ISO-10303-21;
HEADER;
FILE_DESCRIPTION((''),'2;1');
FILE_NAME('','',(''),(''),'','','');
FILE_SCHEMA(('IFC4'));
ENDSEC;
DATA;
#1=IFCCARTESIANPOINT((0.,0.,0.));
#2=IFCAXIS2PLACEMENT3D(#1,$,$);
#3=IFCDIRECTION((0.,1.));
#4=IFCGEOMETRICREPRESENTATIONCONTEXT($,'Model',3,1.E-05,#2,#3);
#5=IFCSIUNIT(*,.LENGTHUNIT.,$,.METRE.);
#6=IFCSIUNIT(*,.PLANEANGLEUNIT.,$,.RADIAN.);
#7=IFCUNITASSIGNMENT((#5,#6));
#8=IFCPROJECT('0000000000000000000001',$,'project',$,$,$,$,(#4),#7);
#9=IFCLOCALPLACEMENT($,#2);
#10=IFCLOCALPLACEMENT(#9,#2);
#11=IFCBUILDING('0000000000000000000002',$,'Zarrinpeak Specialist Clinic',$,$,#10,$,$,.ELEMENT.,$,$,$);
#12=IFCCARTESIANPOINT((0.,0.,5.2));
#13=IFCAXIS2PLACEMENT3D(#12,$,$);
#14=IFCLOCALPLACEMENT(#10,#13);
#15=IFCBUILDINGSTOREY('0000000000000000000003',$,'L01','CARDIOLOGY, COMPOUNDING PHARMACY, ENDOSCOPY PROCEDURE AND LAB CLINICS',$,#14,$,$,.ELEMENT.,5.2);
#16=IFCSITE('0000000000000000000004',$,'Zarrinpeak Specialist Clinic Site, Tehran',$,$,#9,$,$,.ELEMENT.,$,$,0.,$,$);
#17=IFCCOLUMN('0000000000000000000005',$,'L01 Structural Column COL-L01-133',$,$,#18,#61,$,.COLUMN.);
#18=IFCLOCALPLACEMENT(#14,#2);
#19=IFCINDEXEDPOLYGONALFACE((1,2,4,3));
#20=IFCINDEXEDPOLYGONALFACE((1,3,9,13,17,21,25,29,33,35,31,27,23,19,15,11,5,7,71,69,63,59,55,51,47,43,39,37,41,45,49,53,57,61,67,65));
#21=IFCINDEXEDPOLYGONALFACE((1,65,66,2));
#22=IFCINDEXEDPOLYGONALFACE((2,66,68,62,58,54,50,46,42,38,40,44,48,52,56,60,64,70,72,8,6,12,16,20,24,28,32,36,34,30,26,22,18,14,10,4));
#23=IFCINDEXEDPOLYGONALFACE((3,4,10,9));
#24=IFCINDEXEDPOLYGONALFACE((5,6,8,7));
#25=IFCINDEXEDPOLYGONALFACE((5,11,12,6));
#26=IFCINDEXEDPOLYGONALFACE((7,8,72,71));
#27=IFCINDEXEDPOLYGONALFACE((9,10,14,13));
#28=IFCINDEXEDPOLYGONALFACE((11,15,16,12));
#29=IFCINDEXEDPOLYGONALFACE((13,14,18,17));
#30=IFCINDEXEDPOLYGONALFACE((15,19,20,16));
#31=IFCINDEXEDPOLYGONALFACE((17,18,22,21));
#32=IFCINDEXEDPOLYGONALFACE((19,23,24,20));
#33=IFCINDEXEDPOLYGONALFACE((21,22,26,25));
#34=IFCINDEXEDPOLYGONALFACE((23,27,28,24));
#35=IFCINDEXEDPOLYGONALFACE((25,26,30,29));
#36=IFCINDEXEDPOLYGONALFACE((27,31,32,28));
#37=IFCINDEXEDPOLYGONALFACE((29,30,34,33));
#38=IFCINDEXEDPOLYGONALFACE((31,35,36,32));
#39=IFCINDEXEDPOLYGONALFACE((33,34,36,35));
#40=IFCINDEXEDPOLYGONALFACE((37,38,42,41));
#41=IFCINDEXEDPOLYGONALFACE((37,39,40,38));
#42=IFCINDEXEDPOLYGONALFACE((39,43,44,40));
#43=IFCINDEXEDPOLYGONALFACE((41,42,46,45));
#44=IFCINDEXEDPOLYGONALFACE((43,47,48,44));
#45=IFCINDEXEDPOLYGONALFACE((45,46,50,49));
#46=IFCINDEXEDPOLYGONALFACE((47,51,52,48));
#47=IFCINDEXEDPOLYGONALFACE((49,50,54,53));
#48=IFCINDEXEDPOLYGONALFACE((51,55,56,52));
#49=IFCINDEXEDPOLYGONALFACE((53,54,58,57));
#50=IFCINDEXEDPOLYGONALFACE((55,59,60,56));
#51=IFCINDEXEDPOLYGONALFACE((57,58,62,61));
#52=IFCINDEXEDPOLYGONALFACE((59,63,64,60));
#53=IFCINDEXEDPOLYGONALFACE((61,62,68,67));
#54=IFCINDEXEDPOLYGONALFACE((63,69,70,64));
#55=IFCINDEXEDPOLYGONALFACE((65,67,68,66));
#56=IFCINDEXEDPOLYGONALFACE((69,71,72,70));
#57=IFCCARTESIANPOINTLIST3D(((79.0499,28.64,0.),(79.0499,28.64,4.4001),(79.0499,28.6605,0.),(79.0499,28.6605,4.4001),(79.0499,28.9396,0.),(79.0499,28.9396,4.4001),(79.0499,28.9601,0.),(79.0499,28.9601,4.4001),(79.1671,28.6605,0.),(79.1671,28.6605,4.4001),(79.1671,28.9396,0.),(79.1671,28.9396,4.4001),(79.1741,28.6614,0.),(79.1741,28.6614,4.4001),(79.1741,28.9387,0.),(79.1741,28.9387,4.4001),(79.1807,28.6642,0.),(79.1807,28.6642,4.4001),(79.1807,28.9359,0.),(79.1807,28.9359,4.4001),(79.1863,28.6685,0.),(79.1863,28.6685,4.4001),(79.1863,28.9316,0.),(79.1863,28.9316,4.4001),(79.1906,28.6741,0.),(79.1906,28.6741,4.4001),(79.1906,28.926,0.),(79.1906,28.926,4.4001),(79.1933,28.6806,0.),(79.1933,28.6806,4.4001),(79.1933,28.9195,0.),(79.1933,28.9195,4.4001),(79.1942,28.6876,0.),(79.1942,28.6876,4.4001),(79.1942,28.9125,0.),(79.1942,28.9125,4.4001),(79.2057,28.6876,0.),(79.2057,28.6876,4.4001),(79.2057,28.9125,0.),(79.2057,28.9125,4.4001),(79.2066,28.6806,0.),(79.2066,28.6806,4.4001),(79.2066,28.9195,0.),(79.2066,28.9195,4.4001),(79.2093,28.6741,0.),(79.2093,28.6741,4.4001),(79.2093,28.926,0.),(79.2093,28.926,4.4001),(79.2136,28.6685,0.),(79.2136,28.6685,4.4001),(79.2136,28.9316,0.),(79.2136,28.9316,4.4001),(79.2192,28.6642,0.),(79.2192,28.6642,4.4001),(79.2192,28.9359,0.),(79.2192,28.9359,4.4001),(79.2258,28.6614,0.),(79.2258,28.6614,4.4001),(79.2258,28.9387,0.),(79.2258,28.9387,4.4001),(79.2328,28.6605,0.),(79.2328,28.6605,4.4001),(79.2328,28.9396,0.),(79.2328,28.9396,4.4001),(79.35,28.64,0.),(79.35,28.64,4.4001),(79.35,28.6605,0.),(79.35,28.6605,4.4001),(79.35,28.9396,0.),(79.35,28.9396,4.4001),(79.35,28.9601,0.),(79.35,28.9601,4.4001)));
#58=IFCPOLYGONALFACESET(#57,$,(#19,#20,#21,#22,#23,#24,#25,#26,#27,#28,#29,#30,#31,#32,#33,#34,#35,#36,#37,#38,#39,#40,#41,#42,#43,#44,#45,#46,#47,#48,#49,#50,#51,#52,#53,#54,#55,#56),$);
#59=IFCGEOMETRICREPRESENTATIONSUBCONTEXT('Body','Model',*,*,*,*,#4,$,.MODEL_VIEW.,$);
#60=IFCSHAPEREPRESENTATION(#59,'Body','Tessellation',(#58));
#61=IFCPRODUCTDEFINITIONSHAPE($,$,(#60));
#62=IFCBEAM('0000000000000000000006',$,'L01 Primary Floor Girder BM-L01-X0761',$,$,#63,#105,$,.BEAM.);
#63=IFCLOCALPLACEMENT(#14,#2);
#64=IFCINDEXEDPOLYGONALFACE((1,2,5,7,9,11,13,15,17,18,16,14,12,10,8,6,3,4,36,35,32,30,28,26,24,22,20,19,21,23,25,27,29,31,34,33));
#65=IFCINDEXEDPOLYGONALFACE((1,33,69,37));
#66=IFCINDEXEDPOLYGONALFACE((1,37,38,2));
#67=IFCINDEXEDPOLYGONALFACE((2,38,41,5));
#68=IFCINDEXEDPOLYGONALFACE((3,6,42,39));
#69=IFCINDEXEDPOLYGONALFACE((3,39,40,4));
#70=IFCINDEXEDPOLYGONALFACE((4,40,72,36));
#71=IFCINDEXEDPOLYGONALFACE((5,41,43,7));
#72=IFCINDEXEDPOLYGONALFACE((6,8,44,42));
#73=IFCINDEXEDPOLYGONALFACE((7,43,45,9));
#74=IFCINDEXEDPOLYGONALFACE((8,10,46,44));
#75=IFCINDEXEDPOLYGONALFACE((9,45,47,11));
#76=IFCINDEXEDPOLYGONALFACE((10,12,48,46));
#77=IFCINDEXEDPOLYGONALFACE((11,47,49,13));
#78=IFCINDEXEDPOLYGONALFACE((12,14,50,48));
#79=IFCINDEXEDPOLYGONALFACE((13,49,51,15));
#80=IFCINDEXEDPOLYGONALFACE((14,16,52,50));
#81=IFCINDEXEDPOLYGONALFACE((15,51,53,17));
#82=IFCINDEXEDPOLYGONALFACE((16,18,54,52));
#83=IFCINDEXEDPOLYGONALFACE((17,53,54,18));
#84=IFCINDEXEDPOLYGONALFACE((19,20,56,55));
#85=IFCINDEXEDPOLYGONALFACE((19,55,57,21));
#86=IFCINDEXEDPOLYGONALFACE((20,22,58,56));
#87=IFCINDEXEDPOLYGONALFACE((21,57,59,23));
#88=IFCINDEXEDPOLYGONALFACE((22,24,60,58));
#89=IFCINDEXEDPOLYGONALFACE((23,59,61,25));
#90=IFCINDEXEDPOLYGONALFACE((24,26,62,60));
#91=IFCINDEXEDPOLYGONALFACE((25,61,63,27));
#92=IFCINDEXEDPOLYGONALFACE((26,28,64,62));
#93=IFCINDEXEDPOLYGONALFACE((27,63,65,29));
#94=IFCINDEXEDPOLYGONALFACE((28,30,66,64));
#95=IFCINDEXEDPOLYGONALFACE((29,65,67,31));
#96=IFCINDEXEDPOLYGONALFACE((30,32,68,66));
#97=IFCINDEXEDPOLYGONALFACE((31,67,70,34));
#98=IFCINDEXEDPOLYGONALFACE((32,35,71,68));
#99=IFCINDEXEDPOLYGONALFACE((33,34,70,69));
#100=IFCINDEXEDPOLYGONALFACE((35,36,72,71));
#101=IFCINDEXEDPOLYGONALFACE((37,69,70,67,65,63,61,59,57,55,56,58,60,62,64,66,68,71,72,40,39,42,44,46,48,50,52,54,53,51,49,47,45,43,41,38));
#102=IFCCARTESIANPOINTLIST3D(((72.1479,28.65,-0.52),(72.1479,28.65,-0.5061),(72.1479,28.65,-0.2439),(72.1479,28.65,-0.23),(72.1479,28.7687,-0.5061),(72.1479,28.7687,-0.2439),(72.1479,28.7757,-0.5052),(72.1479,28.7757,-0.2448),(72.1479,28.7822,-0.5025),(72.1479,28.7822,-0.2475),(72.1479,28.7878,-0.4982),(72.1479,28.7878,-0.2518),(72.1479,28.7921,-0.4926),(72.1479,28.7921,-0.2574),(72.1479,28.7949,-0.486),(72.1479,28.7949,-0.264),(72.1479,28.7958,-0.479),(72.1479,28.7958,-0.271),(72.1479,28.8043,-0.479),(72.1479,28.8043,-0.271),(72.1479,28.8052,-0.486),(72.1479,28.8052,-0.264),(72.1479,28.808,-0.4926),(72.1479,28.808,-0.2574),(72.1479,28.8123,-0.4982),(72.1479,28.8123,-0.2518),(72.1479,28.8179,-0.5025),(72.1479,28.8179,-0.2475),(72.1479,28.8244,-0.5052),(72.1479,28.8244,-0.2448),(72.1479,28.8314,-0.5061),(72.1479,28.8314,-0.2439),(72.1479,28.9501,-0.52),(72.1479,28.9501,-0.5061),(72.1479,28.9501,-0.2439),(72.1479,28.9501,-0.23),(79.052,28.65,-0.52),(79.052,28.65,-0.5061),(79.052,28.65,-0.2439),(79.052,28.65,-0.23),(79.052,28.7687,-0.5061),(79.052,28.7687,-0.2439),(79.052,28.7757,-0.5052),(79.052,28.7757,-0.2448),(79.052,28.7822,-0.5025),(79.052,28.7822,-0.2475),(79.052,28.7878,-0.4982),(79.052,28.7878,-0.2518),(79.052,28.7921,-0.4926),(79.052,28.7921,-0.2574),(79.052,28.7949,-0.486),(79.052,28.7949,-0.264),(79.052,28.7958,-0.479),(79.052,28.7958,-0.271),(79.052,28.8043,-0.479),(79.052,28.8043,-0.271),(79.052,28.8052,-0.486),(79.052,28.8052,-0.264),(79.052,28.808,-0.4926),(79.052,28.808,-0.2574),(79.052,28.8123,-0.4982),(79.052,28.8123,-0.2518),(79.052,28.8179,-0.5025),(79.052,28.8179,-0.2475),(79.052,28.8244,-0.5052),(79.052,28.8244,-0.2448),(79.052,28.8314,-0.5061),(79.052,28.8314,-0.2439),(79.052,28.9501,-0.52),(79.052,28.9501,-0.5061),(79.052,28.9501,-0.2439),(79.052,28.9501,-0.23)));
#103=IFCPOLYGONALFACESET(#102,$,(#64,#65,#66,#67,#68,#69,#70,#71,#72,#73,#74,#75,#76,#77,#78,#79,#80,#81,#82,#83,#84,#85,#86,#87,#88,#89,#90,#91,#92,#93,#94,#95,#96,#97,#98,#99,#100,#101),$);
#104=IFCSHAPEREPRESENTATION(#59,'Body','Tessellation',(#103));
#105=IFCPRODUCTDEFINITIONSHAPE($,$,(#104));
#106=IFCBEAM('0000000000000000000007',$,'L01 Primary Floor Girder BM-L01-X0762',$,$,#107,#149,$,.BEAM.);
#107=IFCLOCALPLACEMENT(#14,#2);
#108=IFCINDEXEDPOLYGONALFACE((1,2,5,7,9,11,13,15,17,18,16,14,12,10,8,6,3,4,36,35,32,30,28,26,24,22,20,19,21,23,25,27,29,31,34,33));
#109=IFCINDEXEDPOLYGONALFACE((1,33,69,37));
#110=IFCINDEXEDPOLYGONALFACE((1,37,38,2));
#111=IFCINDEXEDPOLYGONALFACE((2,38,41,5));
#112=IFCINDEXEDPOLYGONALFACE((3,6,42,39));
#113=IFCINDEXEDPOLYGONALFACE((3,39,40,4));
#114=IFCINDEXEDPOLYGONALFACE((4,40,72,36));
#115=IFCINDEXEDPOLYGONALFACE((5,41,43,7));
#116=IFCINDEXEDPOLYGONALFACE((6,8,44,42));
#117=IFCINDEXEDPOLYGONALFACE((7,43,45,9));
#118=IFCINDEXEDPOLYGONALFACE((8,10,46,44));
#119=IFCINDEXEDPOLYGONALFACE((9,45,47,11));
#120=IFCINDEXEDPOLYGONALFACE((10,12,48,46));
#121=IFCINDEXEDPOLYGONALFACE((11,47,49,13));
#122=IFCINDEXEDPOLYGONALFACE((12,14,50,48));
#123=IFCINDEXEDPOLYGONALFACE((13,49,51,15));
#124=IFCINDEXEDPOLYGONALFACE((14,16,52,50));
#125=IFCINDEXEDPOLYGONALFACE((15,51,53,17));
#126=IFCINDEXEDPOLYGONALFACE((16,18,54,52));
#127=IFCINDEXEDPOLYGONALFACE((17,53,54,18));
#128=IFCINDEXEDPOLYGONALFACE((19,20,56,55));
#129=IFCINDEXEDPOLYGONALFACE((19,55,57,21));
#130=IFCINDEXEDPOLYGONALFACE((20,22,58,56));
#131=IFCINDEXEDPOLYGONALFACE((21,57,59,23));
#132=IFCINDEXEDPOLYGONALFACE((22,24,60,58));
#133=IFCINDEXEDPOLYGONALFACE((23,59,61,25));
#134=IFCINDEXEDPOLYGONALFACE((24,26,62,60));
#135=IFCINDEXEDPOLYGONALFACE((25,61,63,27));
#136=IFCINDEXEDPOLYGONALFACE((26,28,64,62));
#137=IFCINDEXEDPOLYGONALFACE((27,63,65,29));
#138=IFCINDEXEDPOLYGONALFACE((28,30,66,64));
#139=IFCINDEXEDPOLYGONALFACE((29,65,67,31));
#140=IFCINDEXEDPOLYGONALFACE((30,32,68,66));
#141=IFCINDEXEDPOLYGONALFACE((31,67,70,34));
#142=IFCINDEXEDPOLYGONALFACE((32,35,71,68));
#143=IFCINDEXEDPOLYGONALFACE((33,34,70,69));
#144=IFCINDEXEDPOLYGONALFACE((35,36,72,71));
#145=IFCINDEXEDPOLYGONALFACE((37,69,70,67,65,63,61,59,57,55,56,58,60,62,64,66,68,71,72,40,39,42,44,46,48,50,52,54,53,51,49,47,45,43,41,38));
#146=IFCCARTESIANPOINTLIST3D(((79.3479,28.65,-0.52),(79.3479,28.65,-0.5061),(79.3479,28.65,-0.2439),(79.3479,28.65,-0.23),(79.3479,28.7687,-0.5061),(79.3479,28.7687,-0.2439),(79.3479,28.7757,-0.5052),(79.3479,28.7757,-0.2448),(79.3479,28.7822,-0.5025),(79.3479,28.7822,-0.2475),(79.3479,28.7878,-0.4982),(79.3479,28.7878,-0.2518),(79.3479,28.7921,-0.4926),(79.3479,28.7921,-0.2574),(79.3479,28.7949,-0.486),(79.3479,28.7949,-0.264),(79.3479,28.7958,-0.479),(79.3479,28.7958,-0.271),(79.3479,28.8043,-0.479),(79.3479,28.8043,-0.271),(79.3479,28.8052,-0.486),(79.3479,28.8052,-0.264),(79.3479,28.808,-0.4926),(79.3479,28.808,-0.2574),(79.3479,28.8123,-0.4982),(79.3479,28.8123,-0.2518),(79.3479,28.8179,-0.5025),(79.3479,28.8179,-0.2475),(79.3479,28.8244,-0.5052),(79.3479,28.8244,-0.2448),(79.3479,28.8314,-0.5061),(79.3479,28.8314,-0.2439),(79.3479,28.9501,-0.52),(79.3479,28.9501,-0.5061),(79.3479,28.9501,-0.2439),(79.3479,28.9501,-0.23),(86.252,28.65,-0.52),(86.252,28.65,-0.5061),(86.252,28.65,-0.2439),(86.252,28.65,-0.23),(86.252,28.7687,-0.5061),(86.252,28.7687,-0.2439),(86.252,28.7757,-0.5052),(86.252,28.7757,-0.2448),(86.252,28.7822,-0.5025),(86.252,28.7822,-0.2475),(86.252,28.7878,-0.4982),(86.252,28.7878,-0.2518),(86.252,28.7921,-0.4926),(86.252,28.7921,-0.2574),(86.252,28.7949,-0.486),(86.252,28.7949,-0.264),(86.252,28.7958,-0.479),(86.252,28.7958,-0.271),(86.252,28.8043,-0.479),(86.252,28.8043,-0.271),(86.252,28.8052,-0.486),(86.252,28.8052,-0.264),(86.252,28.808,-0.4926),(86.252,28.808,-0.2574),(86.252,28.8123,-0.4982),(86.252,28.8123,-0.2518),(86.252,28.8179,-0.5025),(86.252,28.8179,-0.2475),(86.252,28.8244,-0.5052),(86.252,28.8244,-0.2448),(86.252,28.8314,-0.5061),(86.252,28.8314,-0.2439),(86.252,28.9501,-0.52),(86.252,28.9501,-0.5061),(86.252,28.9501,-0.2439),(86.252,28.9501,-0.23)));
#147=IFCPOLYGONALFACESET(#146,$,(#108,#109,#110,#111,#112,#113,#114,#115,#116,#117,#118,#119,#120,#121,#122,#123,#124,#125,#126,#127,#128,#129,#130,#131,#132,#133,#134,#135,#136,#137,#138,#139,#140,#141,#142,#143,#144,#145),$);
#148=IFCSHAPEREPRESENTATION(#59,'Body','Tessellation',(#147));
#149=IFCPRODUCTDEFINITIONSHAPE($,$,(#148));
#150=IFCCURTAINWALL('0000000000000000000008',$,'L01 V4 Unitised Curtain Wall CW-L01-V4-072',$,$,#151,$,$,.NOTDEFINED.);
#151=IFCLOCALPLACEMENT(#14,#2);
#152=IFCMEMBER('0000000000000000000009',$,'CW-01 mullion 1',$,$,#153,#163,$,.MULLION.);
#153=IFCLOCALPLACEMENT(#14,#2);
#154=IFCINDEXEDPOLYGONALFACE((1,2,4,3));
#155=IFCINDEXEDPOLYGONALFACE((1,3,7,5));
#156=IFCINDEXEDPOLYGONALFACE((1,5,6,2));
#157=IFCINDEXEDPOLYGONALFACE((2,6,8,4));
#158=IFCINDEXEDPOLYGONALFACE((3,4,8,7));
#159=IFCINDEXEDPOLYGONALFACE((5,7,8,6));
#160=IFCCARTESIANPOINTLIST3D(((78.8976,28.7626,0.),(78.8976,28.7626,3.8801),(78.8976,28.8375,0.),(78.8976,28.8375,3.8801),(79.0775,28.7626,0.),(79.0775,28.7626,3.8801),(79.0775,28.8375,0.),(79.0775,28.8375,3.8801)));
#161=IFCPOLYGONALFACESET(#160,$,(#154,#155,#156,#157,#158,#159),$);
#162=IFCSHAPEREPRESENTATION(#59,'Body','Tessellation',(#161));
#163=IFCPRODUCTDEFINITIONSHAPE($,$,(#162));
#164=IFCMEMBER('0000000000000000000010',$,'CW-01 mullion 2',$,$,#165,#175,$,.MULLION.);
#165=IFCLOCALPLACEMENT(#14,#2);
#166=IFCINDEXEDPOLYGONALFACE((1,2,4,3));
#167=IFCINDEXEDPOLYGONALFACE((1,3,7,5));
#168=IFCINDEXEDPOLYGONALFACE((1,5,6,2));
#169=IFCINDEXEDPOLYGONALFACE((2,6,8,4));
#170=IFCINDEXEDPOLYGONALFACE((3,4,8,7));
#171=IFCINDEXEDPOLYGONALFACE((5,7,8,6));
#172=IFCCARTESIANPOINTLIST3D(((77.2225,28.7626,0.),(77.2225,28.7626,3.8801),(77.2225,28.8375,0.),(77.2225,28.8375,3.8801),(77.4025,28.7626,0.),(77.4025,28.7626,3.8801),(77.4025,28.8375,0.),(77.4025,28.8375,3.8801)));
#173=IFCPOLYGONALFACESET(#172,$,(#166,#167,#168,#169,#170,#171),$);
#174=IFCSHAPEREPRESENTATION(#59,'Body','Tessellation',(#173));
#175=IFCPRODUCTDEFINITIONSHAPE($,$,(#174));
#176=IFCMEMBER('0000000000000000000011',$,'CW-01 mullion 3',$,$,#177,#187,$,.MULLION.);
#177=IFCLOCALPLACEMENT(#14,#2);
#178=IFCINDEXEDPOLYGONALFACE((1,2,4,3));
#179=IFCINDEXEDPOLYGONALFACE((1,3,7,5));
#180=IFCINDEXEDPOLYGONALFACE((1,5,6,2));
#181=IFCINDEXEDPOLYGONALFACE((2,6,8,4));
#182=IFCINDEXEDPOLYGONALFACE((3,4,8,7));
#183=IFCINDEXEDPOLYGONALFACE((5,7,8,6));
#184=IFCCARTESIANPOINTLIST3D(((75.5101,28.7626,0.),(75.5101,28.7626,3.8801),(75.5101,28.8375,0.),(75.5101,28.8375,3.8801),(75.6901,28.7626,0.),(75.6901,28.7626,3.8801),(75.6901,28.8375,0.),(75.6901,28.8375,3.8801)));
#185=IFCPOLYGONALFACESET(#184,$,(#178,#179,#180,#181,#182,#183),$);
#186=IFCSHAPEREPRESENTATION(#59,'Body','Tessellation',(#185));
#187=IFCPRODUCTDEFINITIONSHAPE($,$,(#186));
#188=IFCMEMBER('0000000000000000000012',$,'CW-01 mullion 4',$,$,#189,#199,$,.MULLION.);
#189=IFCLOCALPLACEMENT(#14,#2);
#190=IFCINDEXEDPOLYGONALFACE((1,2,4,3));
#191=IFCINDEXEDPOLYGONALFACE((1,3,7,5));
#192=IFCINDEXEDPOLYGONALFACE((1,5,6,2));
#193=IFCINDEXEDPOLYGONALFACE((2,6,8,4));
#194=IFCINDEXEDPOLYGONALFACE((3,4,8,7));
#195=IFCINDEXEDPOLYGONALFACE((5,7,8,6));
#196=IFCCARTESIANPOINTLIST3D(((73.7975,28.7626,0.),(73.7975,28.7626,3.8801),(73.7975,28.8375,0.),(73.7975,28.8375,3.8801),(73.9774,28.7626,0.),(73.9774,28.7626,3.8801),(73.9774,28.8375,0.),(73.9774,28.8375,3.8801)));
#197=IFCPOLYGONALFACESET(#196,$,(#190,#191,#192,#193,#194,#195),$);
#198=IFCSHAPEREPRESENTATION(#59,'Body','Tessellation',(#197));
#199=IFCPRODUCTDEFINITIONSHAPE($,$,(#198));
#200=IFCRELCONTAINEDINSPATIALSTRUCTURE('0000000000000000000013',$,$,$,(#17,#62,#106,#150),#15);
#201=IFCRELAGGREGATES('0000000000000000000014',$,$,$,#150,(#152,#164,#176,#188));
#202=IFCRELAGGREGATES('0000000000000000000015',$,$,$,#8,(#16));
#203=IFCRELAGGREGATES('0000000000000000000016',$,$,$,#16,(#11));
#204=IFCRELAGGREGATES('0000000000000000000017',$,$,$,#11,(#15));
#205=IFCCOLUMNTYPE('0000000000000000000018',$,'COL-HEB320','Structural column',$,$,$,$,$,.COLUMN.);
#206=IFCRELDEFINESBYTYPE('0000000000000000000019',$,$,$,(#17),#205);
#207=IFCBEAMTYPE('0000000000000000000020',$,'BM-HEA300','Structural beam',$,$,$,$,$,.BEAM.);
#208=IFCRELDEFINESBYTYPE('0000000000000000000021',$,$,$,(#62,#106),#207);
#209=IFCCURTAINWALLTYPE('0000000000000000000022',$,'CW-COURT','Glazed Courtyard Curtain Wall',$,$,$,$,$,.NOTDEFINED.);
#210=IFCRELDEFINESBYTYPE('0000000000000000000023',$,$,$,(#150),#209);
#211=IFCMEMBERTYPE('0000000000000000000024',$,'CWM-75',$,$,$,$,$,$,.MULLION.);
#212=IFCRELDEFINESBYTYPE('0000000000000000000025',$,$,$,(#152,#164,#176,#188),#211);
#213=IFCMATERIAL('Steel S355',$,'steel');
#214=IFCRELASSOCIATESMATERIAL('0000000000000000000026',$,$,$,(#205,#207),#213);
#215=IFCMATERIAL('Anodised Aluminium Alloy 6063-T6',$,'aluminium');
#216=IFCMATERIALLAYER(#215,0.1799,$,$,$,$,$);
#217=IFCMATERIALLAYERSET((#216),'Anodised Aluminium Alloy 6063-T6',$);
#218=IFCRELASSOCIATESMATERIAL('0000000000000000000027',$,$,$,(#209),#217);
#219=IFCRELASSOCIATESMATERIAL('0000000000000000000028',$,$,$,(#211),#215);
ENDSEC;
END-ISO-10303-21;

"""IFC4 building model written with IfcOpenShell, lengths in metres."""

from ifc_helpers import new_model, si_unit, direction, frame, origin, origin_2d, place, context, subcontext, project, spatial, rectangle, i_section, extrude, material, layer, layer_set, material_profile, profile_set, type_object, element, aggregate, save


model = new_model("IFC4")

# Units and contexts
model_context = context("Model", 3, precision=1e-05, world=origin(), true_north=direction((0.0, 1.0)))
body_context = subcontext(model_context, "Body", "Model", "MODEL_VIEW")
ifc_project = project(units=[si_unit("LENGTHUNIT", "METRE"), si_unit("PLANEANGLEUNIT", "RADIAN")], contexts=[model_context])

# Site, building, storey
site_placement = place(None, origin())
site = spatial("IfcSite", under=ifc_project, at=site_placement, Name="Zarrinpeak Specialist Clinic Site, Tehran", CompositionType="ELEMENT", RefElevation=0.0)
building_placement = place(site_placement, origin())
building = spatial("IfcBuilding", under=site, at=building_placement, Name="Zarrinpeak Specialist Clinic", CompositionType="ELEMENT")
storey_placement = place(building_placement, frame((0.0, 0.0, 5.2)))
storey = spatial("IfcBuildingStorey", under=building, at=storey_placement, Name="L01", Description="CARDIOLOGY, COMPOUNDING PHARMACY, ENDOSCOPY PROCEDURE AND LAB CLINICS", CompositionType="ELEMENT", Elevation=5.2)

# Column
ifc_material_1 = material(Name="Steel S355", Category="steel")
ifc_material_profile_1 = material_profile(ifc_material_1, i_section(OverallWidth=0.3, OverallDepth=0.3201, WebThickness=0.0115, FlangeThickness=0.0205, FilletRadius=0.0271, at=origin_2d()), Name="HEB 320")
ifc_profile_set_1 = profile_set([ifc_material_profile_1], Name="Steel S355")
column_type = type_object("IfcColumnType", Name="COL-HEB320", Description="Structural column", PredefinedType="COLUMN", material=ifc_profile_set_1)
column_placement = place(storey_placement, frame((79.2, 28.8, 0.0), z_axis=(0.0, 0.0, 1.0), x_axis=(1.0, 0.0, 0.0)))
element("IfcColumn", 1, at=column_placement, inside=storey, type_object=column_type, Name="L01 Structural Column COL-L01-133", PredefinedType="COLUMN", context=body_context, shape_type="SweptSolid", body=[
    extrude(i_section(OverallWidth=0.3, OverallDepth=0.3201, WebThickness=0.0115, FlangeThickness=0.0205, FilletRadius=0.0271, at=origin_2d()), origin(), (0.0, 0.0, 1.0), 4.4001),
])

# Beams
ifc_material_profile_2 = material_profile(ifc_material_1, i_section(OverallWidth=0.3, OverallDepth=0.29, WebThickness=0.0085, FlangeThickness=0.0139, FilletRadius=0.0271, at=origin_2d()), Name="HEA 300")
ifc_profile_set_2 = profile_set([ifc_material_profile_2], Name="Steel S355")
beam_type = type_object("IfcBeamType", Name="BM-HEA300", Description="Structural beam", PredefinedType="BEAM", material=ifc_profile_set_2)
for number, where, z_axis, x_axis, name in (
    (2, (72.1479, 28.8, -0.375), (1.0, 0.0, 0.0), (0.0, 1.0, 0.0), "L01 Primary Floor Girder BM-L01-X0761"),
    (3, (79.3479, 28.8, -0.375), (1.0, 0.0, 0.0), (0.0, 1.0, 0.0), "L01 Primary Floor Girder BM-L01-X0762"),
):
    element("IfcBeam", number, at=place(storey_placement, frame(where, z_axis=z_axis, x_axis=x_axis)), inside=storey, type_object=beam_type, Name=name, PredefinedType="BEAM", context=body_context, shape_type="SweptSolid", body=[
        extrude(i_section(OverallWidth=0.3, OverallDepth=0.29, WebThickness=0.0085, FlangeThickness=0.0139, FilletRadius=0.0271, at=origin_2d()), origin(), (0.0, 0.0, 1.0), 6.9041),
    ])

# Curtain wall, members
ifc_material_2 = material(Name="Anodised Aluminium Alloy 6063-T6", Category="aluminium")
ifc_layer_1 = layer(ifc_material_2, 0.1799)
ifc_layer_set_1 = layer_set([ifc_layer_1], Name="Anodised Aluminium Alloy 6063-T6")
curtain_wall_type = type_object("IfcCurtainWallType", Name="CW-COURT", Description="Glazed Courtyard Curtain Wall", PredefinedType="NOTDEFINED", material=ifc_layer_set_1)
curtain_wall_placement = place(storey_placement, origin())
curtain_wall = element("IfcCurtainWall", 4, at=curtain_wall_placement, inside=storey, type_object=curtain_wall_type, Name="L01 V4 Unitised Curtain Wall CW-L01-V4-072", PredefinedType="NOTDEFINED")
ifc_material_profile_3 = material_profile(ifc_material_2, rectangle(XDim=0.075, YDim=0.1799, at=origin_2d()), Name="ALU 75x180")
ifc_profile_set_3 = profile_set([ifc_material_profile_3], Name="Anodised Aluminium Alloy 6063-T6")
member_type_1 = type_object("IfcMemberType", Name="CWM-75", PredefinedType="MULLION", material=ifc_profile_set_3)
member_1_placement = place(storey_placement, frame((78.9875, 28.8, 0.0), z_axis=(0.0, 0.0, 1.0), x_axis=(0.0, -1.0, 0.0)))
member_1 = element("IfcMember", 5, at=member_1_placement, type_object=member_type_1, Name="CW-01 mullion 1", PredefinedType="MULLION", context=body_context, shape_type="SweptSolid", body=[
    extrude(rectangle(XDim=0.075, YDim=0.1799, at=origin_2d()), origin(), (0.0, 0.0, 1.0), 3.8801),
])
member_2_placement = place(storey_placement, frame((77.3125, 28.8, 0.0), z_axis=(0.0, 0.0, 1.0), x_axis=(0.0, -1.0, 0.0)))
member_2 = element("IfcMember", 6, at=member_2_placement, type_object=member_type_1, Name="CW-01 mullion 2", PredefinedType="MULLION", context=body_context, shape_type="SweptSolid", body=[
    extrude(rectangle(XDim=0.075, YDim=0.1799, at=origin_2d()), origin(), (0.0, 0.0, 1.0), 3.8801),
])
member_3_placement = place(storey_placement, frame((75.6001, 28.8, 0.0), z_axis=(0.0, 0.0, 1.0), x_axis=(0.0, -1.0, 0.0)))
member_3 = element("IfcMember", 7, at=member_3_placement, type_object=member_type_1, Name="CW-01 mullion 3", PredefinedType="MULLION", context=body_context, shape_type="SweptSolid", body=[
    extrude(rectangle(XDim=0.075, YDim=0.1799, at=origin_2d()), origin(), (0.0, 0.0, 1.0), 3.8801),
])
member_4_placement = place(storey_placement, frame((73.8875, 28.8, 0.0), z_axis=(0.0, 0.0, 1.0), x_axis=(0.0, -1.0, 0.0)))
member_4 = element("IfcMember", 8, at=member_4_placement, type_object=member_type_1, Name="CW-01 mullion 4", PredefinedType="MULLION", context=body_context, shape_type="SweptSolid", body=[
    extrude(rectangle(XDim=0.075, YDim=0.1799, at=origin_2d()), origin(), (0.0, 0.0, 1.0), 3.8801),
])
aggregate(curtain_wall, [member_1, member_2, member_3, member_4])

save(model, "model.ifc")
